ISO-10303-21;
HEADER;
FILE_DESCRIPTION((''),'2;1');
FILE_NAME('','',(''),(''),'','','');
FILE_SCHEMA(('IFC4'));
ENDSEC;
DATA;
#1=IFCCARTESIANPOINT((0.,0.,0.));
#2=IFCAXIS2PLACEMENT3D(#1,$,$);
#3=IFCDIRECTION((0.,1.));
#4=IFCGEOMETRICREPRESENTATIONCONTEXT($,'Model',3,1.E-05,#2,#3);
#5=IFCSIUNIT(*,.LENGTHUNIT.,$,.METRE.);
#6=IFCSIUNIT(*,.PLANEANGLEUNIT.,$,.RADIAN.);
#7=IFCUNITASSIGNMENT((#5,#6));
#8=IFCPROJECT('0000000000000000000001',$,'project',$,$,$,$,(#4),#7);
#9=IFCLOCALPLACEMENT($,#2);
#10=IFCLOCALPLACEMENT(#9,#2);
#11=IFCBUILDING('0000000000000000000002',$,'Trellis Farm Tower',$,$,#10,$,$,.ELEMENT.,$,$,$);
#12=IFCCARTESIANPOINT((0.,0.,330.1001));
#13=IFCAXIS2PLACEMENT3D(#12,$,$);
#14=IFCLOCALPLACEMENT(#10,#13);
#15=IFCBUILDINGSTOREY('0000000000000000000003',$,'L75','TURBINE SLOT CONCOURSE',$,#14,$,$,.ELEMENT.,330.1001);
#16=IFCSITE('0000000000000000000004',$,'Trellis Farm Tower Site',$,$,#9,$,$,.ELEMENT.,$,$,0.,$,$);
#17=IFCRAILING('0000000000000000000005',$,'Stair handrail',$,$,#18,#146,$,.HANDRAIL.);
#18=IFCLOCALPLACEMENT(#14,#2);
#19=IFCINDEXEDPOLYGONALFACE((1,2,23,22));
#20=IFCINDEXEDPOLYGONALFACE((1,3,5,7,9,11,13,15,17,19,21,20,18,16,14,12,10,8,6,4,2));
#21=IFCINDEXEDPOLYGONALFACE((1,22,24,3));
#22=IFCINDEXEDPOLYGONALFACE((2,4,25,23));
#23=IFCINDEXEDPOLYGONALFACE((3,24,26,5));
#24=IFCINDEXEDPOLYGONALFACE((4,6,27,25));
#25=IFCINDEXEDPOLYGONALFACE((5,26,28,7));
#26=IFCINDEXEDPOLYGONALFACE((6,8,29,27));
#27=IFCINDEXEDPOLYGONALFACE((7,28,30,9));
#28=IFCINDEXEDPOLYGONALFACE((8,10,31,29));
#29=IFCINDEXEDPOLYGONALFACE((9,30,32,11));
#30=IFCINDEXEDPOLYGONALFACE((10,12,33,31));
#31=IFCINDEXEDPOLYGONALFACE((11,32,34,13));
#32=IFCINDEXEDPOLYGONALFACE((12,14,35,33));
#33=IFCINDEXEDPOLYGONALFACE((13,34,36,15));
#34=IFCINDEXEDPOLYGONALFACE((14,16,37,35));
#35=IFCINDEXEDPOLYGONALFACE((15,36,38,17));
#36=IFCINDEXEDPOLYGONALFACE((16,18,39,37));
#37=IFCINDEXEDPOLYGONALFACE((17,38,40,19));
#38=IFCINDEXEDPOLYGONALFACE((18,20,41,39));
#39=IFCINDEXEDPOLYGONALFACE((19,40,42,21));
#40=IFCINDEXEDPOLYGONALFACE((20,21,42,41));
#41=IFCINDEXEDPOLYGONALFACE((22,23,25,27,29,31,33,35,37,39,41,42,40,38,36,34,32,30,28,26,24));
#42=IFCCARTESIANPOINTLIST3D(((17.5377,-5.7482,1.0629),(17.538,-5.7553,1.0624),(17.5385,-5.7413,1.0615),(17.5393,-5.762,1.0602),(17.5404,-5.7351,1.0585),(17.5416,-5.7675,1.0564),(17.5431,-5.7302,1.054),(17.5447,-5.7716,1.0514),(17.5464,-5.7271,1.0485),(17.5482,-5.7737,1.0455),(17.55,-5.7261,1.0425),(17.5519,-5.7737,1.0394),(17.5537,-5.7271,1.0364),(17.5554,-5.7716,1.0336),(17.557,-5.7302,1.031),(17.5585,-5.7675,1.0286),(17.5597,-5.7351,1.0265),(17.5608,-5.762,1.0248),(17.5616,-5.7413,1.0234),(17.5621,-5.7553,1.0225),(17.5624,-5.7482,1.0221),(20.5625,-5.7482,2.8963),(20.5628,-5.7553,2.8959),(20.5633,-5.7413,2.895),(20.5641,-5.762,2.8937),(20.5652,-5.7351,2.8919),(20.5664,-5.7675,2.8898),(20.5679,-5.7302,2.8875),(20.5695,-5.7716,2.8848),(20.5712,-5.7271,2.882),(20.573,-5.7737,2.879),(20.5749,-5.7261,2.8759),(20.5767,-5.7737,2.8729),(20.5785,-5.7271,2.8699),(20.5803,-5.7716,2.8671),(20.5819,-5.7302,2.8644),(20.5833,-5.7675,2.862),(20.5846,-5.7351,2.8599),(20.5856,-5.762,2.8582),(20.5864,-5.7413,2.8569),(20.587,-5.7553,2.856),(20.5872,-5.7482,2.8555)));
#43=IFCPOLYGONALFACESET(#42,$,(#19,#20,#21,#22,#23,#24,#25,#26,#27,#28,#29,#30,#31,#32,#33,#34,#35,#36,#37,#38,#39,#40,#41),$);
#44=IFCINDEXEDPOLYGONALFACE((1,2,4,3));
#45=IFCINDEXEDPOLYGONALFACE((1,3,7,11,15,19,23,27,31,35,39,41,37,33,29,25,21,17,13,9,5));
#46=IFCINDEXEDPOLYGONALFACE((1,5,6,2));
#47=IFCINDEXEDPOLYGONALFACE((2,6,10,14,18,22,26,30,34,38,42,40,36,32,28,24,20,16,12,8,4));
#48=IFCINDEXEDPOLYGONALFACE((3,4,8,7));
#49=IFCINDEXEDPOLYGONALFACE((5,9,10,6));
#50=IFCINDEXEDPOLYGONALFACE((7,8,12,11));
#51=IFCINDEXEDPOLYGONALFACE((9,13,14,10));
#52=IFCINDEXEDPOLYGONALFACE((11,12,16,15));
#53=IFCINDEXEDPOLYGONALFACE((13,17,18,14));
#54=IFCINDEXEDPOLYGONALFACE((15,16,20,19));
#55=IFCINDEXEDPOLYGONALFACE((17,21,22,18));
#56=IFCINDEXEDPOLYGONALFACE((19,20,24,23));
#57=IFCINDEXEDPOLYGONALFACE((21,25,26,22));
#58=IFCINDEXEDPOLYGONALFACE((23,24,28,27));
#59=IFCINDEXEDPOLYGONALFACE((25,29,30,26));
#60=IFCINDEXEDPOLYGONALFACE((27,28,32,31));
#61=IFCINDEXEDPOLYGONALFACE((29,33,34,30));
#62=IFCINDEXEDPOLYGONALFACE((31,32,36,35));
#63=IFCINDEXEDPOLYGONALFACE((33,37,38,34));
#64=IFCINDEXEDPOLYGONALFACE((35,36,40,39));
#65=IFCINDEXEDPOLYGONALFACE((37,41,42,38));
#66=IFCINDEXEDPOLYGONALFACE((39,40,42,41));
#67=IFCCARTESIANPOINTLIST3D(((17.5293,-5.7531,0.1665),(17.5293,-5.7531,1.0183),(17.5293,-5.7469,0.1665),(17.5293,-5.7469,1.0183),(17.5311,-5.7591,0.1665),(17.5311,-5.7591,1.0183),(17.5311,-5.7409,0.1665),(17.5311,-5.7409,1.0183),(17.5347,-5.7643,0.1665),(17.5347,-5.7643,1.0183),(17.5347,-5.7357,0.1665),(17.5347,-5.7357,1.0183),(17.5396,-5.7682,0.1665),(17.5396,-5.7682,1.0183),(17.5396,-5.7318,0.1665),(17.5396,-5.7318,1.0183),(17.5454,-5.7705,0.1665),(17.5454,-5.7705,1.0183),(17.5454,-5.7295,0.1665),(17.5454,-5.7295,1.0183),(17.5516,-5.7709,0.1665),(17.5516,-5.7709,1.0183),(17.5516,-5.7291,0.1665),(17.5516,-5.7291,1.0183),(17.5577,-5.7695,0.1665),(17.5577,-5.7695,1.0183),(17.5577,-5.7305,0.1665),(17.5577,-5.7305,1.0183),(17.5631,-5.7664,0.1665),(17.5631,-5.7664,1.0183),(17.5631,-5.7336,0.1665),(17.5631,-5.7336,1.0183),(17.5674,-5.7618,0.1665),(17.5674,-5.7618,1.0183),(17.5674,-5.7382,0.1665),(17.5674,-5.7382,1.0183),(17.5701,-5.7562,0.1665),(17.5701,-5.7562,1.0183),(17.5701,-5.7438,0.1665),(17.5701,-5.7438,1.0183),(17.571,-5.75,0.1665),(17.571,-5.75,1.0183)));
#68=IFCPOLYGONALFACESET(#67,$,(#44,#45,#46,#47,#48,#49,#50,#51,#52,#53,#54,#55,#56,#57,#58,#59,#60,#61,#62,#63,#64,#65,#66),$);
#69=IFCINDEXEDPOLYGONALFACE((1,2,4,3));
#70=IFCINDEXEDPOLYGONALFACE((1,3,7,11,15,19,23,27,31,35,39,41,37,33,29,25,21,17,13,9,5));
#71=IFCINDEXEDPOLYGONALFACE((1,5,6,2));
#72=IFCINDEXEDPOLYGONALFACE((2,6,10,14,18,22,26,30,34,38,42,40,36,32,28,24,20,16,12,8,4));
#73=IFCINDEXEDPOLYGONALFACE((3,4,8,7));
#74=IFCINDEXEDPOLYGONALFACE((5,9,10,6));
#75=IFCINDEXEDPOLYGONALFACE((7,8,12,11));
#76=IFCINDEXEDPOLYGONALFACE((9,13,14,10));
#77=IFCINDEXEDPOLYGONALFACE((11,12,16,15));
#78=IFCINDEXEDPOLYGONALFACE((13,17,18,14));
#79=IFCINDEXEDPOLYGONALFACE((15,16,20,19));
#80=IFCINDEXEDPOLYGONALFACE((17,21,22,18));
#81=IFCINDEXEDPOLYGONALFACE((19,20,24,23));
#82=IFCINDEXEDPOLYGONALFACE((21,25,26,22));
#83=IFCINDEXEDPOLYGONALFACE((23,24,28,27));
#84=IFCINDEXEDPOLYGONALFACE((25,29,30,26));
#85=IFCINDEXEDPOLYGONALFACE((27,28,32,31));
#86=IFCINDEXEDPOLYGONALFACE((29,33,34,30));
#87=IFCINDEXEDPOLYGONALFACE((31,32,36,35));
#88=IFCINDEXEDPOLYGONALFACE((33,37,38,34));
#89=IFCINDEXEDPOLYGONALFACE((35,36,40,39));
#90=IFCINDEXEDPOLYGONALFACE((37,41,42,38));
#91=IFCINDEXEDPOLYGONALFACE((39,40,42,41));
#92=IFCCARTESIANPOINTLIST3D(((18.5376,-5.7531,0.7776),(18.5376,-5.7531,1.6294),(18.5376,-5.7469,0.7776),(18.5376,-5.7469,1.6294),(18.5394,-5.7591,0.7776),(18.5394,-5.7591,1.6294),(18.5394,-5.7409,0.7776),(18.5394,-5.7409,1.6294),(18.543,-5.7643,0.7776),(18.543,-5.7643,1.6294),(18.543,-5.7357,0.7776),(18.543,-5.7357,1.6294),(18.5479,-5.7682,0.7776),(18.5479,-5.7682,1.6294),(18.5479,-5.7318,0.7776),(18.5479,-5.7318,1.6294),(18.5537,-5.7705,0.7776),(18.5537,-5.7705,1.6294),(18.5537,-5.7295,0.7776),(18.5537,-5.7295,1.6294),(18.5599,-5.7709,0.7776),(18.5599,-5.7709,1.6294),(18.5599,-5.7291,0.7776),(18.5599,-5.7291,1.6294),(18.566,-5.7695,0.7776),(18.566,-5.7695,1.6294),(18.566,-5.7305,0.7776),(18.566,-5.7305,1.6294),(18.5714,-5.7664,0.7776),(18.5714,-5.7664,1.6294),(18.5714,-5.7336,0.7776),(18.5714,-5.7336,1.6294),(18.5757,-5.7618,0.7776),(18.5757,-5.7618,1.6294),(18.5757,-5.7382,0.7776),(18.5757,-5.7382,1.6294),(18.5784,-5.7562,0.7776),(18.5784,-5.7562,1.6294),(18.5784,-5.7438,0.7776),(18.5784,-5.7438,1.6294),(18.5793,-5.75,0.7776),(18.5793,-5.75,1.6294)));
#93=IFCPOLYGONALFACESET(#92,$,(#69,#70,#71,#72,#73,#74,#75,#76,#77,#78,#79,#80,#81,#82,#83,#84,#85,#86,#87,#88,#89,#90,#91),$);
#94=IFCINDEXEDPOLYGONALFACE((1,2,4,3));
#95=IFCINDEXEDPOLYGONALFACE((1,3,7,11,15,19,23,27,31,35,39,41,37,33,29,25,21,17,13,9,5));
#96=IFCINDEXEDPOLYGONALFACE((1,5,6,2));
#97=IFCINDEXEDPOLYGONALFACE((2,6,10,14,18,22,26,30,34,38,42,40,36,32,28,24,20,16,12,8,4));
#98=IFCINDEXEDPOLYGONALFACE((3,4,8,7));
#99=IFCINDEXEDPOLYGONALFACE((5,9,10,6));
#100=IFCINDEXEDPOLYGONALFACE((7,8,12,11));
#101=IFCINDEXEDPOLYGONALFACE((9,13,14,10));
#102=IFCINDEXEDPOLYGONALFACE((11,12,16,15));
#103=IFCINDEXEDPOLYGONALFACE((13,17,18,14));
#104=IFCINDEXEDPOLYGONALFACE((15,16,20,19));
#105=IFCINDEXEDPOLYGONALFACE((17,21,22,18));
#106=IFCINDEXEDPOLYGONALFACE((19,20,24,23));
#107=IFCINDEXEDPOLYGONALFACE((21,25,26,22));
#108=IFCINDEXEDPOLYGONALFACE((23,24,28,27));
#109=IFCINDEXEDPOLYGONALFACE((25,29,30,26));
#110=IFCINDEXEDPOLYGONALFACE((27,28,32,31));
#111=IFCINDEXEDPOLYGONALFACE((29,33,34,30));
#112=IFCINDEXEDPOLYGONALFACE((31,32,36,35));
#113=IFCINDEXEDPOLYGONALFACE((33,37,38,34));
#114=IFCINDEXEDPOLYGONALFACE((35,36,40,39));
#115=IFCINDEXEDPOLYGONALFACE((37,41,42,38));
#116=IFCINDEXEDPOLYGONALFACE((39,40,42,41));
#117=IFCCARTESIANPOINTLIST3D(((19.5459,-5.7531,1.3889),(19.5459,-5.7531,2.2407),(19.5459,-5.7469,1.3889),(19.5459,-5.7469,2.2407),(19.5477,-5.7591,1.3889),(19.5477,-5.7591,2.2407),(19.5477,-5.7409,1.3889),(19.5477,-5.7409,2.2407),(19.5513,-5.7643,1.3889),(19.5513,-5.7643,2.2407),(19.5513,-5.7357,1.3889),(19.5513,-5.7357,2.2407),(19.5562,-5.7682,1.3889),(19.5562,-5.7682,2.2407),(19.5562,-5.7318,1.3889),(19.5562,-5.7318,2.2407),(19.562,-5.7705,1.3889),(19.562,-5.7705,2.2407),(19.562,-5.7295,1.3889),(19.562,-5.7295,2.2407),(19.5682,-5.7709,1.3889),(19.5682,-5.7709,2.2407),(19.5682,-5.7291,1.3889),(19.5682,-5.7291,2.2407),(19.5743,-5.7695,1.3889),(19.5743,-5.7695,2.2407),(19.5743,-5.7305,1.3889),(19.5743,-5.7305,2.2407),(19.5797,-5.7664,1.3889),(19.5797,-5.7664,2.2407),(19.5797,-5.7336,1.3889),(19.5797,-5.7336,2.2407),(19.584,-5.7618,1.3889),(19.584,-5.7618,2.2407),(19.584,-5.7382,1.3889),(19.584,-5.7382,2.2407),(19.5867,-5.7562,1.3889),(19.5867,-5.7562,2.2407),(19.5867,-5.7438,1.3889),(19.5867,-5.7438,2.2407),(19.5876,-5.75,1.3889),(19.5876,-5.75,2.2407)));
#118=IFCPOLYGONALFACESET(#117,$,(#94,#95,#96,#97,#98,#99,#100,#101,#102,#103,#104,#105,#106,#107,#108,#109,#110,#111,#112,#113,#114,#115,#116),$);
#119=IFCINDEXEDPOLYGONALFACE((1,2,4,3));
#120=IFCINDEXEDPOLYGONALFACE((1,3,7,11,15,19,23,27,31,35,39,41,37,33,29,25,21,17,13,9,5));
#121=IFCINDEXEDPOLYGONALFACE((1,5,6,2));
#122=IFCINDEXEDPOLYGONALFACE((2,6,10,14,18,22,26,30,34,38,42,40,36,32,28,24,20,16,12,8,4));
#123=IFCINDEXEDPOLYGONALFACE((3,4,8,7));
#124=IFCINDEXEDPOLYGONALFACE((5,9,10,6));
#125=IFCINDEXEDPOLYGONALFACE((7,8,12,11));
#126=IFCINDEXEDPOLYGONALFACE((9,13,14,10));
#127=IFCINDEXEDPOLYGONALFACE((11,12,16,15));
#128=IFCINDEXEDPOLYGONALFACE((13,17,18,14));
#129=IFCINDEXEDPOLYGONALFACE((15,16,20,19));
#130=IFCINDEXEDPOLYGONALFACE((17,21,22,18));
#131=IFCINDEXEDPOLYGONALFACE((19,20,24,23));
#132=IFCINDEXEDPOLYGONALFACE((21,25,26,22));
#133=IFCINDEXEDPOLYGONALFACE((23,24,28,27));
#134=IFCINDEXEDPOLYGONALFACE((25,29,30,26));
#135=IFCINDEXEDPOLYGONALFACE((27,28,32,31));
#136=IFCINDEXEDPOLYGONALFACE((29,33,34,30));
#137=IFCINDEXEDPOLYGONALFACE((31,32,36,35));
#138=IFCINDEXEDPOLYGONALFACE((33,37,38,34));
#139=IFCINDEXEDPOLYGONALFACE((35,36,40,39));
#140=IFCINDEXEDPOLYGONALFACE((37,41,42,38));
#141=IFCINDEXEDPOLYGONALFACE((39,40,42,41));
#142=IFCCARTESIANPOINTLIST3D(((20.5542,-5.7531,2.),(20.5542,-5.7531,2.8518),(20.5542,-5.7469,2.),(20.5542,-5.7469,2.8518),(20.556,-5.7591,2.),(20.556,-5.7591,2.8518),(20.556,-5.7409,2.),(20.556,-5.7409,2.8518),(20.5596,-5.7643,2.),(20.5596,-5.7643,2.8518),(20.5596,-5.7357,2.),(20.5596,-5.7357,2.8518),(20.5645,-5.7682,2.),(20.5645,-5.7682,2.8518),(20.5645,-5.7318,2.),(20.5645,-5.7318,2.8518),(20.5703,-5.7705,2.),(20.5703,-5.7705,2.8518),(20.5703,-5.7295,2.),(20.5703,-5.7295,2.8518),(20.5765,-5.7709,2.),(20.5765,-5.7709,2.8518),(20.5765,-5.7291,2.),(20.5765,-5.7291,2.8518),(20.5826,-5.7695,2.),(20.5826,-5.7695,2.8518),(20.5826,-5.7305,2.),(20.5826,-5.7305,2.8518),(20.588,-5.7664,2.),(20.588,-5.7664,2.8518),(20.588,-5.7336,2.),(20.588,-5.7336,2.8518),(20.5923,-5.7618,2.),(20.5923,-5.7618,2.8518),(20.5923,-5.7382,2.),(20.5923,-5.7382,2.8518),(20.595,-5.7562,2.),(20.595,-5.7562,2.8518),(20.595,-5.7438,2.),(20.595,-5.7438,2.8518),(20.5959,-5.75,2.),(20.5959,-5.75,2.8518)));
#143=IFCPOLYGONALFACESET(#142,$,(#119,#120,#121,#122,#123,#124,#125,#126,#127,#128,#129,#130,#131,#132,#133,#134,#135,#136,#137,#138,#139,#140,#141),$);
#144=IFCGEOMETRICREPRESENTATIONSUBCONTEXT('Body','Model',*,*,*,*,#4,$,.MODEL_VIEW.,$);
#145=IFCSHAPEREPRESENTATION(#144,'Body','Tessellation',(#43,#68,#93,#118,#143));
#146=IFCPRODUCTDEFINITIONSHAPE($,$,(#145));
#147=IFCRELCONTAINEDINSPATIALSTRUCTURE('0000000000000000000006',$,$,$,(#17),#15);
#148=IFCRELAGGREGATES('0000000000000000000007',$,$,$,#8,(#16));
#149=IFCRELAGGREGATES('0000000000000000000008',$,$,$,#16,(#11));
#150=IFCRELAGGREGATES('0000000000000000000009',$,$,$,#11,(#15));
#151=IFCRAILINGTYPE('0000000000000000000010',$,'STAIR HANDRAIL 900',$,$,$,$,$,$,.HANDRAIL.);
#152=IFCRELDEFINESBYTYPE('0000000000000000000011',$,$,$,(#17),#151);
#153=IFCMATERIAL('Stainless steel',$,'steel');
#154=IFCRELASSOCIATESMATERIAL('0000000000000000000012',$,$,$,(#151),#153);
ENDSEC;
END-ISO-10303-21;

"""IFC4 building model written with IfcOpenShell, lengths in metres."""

from ifc_helpers import new_model, si_unit, direction, frame, origin, origin_2d, place, context, subcontext, project, spatial, circle, extrude, source, transform, mapped, material, type_object, element, save


model = new_model("IFC4")

# Units and contexts
model_context = context("Model", 3, precision=1e-05, world=origin(), true_north=direction((0.0, 1.0)))
body_context = subcontext(model_context, "Body", "Model", "MODEL_VIEW")
ifc_project = project(units=[si_unit("LENGTHUNIT", "METRE"), si_unit("PLANEANGLEUNIT", "RADIAN")], contexts=[model_context])

# Site, building, storey
site_placement = place(None, origin())
site = spatial("IfcSite", under=ifc_project, at=site_placement, Name="Trellis Farm Tower Site", CompositionType="ELEMENT", RefElevation=0.0)
building_placement = place(site_placement, origin())
building = spatial("IfcBuilding", under=site, at=building_placement, Name="Trellis Farm Tower", CompositionType="ELEMENT")
storey_placement = place(building_placement, frame((0.0, 0.0, 330.1001)))
storey = spatial("IfcBuildingStorey", under=building, at=storey_placement, Name="L75", Description="TURBINE SLOT CONCOURSE", CompositionType="ELEMENT", Elevation=330.1001)

# Railing
ifc_material_1 = material(Name="Stainless steel", Category="steel")
railing_type_1 = type_object("IfcRailingType", Name="STAIR HANDRAIL 900", PredefinedType="HANDRAIL", material=ifc_material_1)
shared_shape_1 = source(origin(), body_context, "Body", "SweptSolid", [
    extrude(circle(Radius=0.0239, at=origin_2d()), frame((0.0, 0.0, 0.876), z_axis=(0.85517, 0.0, 0.518348), x_axis=(0.0, 1.0, 0.0)), (0.0, 0.0, 1.0), 3.5371),
    extrude(circle(Radius=0.021, at=origin_2d()), origin(), (0.0, 0.0, 1.0), 0.8518),
    extrude(circle(Radius=0.021, at=origin_2d()), frame((1.0083, 0.0, 0.6111)), (0.0, 0.0, 1.0), 0.8518),
    extrude(circle(Radius=0.021, at=origin_2d()), frame((2.0166, 0.0, 1.2224)), (0.0, 0.0, 1.0), 0.8518),
    extrude(circle(Radius=0.021, at=origin_2d()), frame((3.0249, 0.0, 1.8335)), (0.0, 0.0, 1.0), 0.8518),
])
for number, where, name in (
    (1, (17.55, -5.75, 0.1665), "Stair handrail"),
):
    element("IfcRailing", number, at=place(storey_placement, frame(where)), inside=storey, type_object=railing_type_1, Name=name, PredefinedType="HANDRAIL", context=body_context, shape_type="MappedRepresentation", body=[
        mapped(shared_shape_1, transform((0.0, 0.0, 0.0))),
    ])

save(model, "model.ifc")
